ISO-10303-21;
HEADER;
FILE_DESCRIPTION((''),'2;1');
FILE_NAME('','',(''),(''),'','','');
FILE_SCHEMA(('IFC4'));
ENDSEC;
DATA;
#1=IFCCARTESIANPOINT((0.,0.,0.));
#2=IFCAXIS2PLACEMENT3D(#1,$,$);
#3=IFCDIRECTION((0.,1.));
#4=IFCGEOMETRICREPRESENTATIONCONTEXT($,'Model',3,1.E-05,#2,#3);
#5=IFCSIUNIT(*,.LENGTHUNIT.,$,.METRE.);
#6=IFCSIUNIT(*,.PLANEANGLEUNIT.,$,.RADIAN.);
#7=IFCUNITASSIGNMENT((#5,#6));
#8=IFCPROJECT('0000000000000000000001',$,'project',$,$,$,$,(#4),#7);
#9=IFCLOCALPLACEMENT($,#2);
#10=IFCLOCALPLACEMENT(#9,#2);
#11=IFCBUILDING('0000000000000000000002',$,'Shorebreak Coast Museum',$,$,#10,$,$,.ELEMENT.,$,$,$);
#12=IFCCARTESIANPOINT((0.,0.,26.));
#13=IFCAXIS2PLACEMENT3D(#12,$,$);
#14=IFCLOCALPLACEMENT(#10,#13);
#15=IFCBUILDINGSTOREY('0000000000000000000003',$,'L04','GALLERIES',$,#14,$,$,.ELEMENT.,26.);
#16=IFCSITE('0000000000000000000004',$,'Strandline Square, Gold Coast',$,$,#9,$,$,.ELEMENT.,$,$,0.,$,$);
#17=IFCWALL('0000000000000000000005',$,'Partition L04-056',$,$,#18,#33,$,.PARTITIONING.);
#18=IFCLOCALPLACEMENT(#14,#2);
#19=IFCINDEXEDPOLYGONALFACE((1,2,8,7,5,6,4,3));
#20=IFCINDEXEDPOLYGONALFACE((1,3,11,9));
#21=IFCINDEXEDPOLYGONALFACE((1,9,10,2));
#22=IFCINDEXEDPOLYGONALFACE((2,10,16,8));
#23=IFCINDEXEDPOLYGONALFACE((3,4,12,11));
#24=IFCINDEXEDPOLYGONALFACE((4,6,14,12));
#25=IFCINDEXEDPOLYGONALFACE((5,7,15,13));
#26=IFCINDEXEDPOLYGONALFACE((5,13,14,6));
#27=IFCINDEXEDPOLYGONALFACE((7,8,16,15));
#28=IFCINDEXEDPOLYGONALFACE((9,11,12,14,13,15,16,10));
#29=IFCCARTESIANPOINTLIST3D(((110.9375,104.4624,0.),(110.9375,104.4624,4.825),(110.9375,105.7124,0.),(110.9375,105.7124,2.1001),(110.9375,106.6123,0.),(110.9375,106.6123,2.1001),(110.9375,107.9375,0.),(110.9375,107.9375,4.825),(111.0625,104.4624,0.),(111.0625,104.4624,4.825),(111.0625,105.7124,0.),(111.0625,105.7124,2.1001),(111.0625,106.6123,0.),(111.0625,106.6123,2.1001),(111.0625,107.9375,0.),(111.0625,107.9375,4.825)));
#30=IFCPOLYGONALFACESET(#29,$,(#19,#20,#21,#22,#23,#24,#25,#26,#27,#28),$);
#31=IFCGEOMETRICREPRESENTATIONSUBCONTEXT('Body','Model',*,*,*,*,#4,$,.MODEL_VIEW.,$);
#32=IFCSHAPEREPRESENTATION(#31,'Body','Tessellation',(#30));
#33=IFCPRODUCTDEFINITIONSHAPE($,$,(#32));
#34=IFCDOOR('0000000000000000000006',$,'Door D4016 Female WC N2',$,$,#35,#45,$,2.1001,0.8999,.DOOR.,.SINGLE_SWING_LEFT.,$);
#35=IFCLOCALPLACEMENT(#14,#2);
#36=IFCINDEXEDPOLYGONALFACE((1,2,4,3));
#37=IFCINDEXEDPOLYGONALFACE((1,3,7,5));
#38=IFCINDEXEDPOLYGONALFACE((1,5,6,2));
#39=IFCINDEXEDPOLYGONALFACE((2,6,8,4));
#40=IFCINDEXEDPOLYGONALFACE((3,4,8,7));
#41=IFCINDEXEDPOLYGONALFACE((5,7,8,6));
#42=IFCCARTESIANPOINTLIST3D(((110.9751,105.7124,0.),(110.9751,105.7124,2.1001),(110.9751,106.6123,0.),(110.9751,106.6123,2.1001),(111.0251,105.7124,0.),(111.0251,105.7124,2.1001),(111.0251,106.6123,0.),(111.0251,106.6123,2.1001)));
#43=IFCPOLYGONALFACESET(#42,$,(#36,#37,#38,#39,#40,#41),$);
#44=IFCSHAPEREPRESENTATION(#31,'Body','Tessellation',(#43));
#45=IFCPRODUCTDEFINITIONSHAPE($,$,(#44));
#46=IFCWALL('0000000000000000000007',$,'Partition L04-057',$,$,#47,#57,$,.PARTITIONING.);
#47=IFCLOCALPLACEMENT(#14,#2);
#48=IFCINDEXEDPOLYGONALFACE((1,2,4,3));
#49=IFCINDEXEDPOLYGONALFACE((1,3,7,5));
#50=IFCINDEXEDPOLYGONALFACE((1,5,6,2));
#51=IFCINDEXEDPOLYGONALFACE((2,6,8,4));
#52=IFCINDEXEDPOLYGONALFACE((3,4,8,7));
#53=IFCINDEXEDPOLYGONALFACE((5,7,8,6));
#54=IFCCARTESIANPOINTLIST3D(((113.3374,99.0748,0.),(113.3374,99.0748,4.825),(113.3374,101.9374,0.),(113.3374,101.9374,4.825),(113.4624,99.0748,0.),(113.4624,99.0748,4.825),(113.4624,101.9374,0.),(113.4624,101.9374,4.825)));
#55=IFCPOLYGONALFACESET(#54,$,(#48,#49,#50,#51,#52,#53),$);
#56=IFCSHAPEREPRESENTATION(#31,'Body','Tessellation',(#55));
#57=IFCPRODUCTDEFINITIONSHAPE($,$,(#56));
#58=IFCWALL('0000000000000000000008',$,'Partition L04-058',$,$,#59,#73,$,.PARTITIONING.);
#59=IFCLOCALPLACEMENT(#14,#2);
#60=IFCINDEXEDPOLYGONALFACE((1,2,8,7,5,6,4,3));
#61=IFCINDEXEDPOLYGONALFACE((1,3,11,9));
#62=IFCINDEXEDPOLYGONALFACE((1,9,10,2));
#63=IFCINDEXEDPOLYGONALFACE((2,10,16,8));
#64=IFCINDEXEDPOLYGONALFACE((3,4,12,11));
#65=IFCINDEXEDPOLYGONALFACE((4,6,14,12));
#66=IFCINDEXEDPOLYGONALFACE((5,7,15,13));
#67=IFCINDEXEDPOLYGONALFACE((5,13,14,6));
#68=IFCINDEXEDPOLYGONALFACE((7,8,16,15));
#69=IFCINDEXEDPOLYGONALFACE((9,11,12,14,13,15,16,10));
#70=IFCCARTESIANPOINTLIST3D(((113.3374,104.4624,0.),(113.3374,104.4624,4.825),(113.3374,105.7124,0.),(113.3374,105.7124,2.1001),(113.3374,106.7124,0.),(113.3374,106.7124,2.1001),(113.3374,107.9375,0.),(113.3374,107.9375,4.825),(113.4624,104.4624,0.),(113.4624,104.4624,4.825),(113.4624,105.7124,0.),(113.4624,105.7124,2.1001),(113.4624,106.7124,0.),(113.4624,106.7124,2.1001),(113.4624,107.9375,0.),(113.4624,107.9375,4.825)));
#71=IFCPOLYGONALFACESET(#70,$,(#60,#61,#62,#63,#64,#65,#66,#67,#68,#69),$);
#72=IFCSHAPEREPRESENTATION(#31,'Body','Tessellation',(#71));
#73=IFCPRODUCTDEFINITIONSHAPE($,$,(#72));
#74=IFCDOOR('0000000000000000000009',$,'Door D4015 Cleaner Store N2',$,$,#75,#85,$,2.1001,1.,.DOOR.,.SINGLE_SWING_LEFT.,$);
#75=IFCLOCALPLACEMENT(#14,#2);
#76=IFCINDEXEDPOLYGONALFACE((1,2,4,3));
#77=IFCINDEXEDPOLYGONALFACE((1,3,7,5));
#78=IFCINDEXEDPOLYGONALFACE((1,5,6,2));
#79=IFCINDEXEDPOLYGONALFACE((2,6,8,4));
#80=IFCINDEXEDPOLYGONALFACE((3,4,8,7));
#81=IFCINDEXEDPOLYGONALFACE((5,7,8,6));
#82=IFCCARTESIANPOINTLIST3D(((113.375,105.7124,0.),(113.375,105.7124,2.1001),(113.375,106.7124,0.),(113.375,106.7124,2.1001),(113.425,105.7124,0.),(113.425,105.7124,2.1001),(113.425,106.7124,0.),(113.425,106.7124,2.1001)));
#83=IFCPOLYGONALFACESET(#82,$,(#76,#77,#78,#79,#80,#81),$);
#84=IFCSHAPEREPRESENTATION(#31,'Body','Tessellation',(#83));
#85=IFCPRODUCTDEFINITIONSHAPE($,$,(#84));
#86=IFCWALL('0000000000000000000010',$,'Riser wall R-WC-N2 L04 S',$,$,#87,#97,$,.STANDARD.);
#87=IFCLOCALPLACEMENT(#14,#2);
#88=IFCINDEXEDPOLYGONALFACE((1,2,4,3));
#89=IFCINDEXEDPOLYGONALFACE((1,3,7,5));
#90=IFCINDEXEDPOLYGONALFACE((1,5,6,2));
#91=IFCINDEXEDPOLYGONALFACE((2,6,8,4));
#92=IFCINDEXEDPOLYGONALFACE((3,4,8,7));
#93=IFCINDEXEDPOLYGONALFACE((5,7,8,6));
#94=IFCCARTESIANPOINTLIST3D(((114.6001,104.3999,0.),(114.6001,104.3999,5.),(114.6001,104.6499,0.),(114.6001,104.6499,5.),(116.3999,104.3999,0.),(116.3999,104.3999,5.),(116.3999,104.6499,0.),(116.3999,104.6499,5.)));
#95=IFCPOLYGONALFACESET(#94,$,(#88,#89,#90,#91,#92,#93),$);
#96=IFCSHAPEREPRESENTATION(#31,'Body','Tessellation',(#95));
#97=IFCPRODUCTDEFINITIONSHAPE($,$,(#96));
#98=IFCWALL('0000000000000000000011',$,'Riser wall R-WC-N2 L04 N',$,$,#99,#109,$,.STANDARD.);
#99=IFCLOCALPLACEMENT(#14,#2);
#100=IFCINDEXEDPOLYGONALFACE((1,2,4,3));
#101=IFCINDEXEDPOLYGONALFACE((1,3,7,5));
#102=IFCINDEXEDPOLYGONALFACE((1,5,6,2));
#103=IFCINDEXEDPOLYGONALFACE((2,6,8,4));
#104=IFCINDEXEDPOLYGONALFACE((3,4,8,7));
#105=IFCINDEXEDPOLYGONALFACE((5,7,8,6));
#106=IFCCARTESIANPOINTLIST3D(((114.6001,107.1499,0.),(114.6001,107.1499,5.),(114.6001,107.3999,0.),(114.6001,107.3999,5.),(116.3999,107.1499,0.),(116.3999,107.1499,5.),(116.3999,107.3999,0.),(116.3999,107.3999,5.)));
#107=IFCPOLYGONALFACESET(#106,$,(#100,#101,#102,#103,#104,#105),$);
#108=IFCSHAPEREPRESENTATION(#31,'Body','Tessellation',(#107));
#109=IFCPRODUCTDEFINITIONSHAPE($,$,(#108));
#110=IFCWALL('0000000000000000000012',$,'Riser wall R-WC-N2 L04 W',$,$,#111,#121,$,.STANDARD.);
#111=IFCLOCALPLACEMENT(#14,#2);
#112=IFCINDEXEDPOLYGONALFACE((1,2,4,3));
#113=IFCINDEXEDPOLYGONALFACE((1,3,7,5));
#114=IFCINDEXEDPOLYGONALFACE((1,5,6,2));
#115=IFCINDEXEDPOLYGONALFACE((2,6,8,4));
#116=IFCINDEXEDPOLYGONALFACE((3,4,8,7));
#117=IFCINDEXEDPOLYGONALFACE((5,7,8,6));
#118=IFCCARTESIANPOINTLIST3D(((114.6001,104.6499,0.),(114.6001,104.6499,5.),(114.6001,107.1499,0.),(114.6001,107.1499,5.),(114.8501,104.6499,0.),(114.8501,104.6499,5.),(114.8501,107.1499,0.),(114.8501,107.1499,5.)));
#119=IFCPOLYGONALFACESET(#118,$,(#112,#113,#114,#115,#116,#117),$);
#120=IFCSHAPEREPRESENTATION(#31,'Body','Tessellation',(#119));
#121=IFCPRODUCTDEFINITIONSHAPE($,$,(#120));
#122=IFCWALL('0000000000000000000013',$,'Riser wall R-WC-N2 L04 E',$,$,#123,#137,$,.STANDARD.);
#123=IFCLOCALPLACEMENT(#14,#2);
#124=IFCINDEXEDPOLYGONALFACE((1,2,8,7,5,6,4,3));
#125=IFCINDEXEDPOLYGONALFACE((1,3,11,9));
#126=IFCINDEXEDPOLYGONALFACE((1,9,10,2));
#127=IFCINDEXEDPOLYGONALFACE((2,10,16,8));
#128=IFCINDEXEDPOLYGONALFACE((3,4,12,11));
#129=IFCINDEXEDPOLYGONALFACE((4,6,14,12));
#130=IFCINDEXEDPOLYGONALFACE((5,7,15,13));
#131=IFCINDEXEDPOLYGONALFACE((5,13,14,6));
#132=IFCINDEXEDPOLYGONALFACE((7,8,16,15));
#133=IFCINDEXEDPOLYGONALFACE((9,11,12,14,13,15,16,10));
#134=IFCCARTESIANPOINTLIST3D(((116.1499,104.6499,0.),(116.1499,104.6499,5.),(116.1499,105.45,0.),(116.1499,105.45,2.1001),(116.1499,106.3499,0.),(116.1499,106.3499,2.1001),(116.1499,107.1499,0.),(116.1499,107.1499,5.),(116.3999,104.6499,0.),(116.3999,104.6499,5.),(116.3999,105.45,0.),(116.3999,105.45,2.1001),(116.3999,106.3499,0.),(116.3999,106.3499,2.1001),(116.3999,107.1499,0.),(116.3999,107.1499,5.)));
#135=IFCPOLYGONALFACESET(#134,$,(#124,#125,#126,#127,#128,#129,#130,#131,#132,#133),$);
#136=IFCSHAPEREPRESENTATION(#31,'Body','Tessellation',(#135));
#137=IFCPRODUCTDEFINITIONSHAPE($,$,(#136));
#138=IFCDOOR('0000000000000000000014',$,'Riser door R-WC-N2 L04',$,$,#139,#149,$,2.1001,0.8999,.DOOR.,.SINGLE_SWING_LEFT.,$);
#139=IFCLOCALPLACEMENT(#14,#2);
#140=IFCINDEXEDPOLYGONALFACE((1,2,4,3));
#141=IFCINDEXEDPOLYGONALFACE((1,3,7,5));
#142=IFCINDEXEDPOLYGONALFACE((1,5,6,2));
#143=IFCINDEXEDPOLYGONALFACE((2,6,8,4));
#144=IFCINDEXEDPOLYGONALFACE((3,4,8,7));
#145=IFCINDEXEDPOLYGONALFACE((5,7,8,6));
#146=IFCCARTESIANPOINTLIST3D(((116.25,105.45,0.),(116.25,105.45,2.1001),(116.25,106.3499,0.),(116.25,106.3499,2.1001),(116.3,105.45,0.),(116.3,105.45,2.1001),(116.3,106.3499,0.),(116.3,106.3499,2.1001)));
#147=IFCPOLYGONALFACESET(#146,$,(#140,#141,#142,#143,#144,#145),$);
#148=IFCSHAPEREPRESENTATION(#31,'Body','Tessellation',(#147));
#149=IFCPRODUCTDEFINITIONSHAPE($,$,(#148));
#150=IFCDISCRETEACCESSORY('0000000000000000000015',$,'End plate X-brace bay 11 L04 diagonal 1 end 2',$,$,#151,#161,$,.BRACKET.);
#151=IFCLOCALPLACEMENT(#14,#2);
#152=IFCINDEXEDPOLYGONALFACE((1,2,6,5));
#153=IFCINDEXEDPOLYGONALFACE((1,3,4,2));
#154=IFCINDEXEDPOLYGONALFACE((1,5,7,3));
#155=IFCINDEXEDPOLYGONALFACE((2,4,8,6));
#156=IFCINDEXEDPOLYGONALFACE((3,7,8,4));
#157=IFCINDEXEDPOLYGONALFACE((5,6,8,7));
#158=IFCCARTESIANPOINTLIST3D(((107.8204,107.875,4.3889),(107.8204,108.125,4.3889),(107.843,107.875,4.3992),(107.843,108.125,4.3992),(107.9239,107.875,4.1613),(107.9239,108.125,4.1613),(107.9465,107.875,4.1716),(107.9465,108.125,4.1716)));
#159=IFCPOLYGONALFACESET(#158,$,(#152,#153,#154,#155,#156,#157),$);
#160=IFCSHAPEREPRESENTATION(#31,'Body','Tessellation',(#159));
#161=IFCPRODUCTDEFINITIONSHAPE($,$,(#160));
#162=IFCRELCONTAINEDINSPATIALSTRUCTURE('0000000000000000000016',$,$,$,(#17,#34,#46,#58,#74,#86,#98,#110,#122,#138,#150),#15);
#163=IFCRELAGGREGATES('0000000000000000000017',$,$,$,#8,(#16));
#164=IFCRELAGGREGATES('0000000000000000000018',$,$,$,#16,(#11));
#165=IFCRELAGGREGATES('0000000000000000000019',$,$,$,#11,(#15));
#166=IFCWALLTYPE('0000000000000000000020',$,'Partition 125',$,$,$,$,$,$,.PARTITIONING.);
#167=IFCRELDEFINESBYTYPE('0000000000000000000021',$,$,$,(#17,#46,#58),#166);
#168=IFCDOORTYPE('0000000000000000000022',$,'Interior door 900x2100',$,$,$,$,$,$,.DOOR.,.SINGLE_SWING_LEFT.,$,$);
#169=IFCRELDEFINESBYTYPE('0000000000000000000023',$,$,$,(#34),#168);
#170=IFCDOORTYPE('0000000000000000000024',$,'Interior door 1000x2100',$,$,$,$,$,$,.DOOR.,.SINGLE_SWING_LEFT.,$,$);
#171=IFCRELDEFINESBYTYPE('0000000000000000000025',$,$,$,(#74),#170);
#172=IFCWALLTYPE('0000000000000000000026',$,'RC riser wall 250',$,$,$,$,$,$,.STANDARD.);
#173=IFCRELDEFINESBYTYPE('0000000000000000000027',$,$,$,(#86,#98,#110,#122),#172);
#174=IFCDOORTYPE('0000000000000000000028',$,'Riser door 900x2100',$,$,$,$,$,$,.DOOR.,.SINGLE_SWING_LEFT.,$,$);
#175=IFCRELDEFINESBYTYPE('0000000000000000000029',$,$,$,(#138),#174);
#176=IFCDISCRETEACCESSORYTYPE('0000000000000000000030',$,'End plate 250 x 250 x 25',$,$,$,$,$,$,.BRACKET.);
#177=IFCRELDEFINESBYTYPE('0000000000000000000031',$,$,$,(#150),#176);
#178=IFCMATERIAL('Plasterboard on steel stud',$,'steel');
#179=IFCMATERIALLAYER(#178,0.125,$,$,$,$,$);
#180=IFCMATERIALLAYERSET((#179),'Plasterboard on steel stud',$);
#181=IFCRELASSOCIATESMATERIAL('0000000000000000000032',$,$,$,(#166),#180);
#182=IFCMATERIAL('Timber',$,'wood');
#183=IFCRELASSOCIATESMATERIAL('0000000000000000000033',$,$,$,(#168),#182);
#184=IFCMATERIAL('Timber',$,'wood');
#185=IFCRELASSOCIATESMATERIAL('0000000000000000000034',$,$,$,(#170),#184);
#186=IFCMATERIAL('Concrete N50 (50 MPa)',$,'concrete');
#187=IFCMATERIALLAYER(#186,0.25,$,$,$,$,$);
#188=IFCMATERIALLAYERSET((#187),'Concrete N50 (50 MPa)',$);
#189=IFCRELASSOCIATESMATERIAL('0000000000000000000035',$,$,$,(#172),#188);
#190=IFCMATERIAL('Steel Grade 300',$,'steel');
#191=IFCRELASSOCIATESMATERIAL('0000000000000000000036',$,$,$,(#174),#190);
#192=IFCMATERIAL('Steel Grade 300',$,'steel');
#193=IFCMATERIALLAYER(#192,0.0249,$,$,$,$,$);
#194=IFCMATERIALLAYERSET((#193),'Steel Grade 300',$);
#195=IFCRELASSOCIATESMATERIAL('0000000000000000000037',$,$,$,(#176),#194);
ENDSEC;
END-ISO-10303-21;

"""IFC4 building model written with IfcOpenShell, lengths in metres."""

from ifc_helpers import new_model, si_unit, direction, frame, frame_2d, origin, place, context, subcontext, project, spatial, polyline, rectangle, outline, extrude, material, layer, layer_set, type_object, element, fill, save


model = new_model("IFC4")

# Units and contexts
model_context = context("Model", 3, precision=1e-05, world=origin(), true_north=direction((0.0, 1.0)))
body_context = subcontext(model_context, "Body", "Model", "MODEL_VIEW")
ifc_project = project(units=[si_unit("LENGTHUNIT", "METRE"), si_unit("PLANEANGLEUNIT", "RADIAN")], contexts=[model_context])

# Site, building, storey
site_placement = place(None, origin())
site = spatial("IfcSite", under=ifc_project, at=site_placement, Name="Strandline Square, Gold Coast", CompositionType="ELEMENT", RefElevation=0.0)
building_placement = place(site_placement, origin())
building = spatial("IfcBuilding", under=site, at=building_placement, Name="Shorebreak Coast Museum", CompositionType="ELEMENT")
storey_placement = place(building_placement, frame((0.0, 0.0, 26.0)))
storey = spatial("IfcBuildingStorey", under=building, at=storey_placement, Name="L04", Description="GALLERIES", CompositionType="ELEMENT", Elevation=26.0)

# Shared definitions
ifc_material_1 = material(Name="Plasterboard on steel stud", Category="steel")
ifc_layer_1 = layer(ifc_material_1, 0.125)
ifc_layer_set_1 = layer_set([ifc_layer_1], Name="Plasterboard on steel stud")
wall_type_1 = type_object("IfcWallType", Name="Partition 125", PredefinedType="PARTITIONING", material=ifc_layer_set_1)
ifc_material_2 = material(Name="Timber", Category="wood")
door_type_1 = type_object("IfcDoorType", Name="Interior door 900x2100", OperationType="SINGLE_SWING_LEFT", PredefinedType="DOOR", material=ifc_material_2)

# Wall, opening, door
wall_1_placement = place(storey_placement, frame((111.0, 104.4624, 0.0), z_axis=(0.0, 0.0, 1.0), x_axis=(0.0, 1.0, 0.0)))
wall_1 = element("IfcWall", 1, at=wall_1_placement, inside=storey, type_object=wall_type_1, Name="Partition L04-056", PredefinedType="PARTITIONING", context=body_context, shape_type="SweptSolid", body=[
    extrude(rectangle(XDim=3.4751, YDim=0.125, at=frame_2d((1.7375, 0.0))), origin(), (0.0, 0.0, 1.0), 4.825),
])
opening_1_placement = place(wall_1_placement, frame((1.25, 0.0, 0.0)))
opening_1 = element("IfcOpeningElement", 2, at=opening_1_placement, cuts=wall_1, PredefinedType="OPENING", context=body_context, shape_type="SweptSolid", body=[
    extrude(rectangle(XDim=0.8999, YDim=2.1001, at=frame_2d((0.45, 1.05))), frame((0.0, 0.0725, 0.0), z_axis=(0.0, -1.0, 0.0), x_axis=(1.0, 0.0, 0.0)), (0.0, 0.0, 1.0), 0.145),
])
door_1_placement = place(opening_1_placement, origin())
door_1 = element("IfcDoor", 3, at=door_1_placement, inside=storey, type_object=door_type_1, Name="Door D4016 Female WC N2", OperationType="SINGLE_SWING_LEFT", OverallHeight=2.1001, OverallWidth=0.8999, PredefinedType="DOOR", context=body_context, shape_type="SweptSolid", body=[
    extrude(rectangle(XDim=0.8999, YDim=2.1001, at=frame_2d((0.45, 1.05))), frame((0.0, 0.0249, 0.0), z_axis=(0.0, -1.0, 0.0), x_axis=(1.0, 0.0, 0.0)), (0.0, 0.0, 1.0), 0.05),
])
fill(opening_1, door_1)

# Wall
wall_2_placement = place(storey_placement, frame((113.3999, 99.075, 0.0), z_axis=(0.0, 0.0, 1.0), x_axis=(0.0, 1.0, 0.0)))
element("IfcWall", 4, at=wall_2_placement, inside=storey, type_object=wall_type_1, Name="Partition L04-057", PredefinedType="PARTITIONING", context=body_context, shape_type="SweptSolid", body=[
    extrude(rectangle(XDim=2.8625, YDim=0.125, at=frame_2d((1.4312, 0.0))), origin(), (0.0, 0.0, 1.0), 4.825),
])

# Wall, opening, door
wall_3_placement = place(storey_placement, frame((113.3999, 104.4624, 0.0), z_axis=(0.0, 0.0, 1.0), x_axis=(0.0, 1.0, 0.0)))
wall_3 = element("IfcWall", 5, at=wall_3_placement, inside=storey, type_object=wall_type_1, Name="Partition L04-058", PredefinedType="PARTITIONING", context=body_context, shape_type="SweptSolid", body=[
    extrude(rectangle(XDim=3.4751, YDim=0.125, at=frame_2d((1.7375, 0.0))), origin(), (0.0, 0.0, 1.0), 4.825),
])
opening_2_placement = place(wall_3_placement, frame((1.25, 0.0, 0.0)))
opening_2 = element("IfcOpeningElement", 6, at=opening_2_placement, cuts=wall_3, PredefinedType="OPENING", context=body_context, shape_type="SweptSolid", body=[
    extrude(rectangle(XDim=1.0, YDim=2.1001, at=frame_2d((0.5, 1.05))), frame((0.0, 0.0725, 0.0), z_axis=(0.0, -1.0, 0.0), x_axis=(1.0, 0.0, 0.0)), (0.0, 0.0, 1.0), 0.145),
])
ifc_material_3 = material(Name="Timber", Category="wood")
door_type_2 = type_object("IfcDoorType", Name="Interior door 1000x2100", OperationType="SINGLE_SWING_LEFT", PredefinedType="DOOR", material=ifc_material_3)
door_2_placement = place(opening_2_placement, origin())
door_2 = element("IfcDoor", 7, at=door_2_placement, inside=storey, type_object=door_type_2, Name="Door D4015 Cleaner Store N2", OperationType="SINGLE_SWING_LEFT", OverallHeight=2.1001, OverallWidth=1.0, PredefinedType="DOOR", context=body_context, shape_type="SweptSolid", body=[
    extrude(rectangle(XDim=1.0, YDim=2.1001, at=frame_2d((0.5, 1.05))), frame((0.0, 0.0249, 0.0), z_axis=(0.0, -1.0, 0.0), x_axis=(1.0, 0.0, 0.0)), (0.0, 0.0, 1.0), 0.05),
])
fill(opening_2, door_2)

# Walls
ifc_material_4 = material(Name="Concrete N50 (50 MPa)", Category="concrete")
ifc_layer_2 = layer(ifc_material_4, 0.25)
ifc_layer_set_2 = layer_set([ifc_layer_2], Name="Concrete N50 (50 MPa)")
wall_type_2 = type_object("IfcWallType", Name="RC riser wall 250", PredefinedType="STANDARD", material=ifc_layer_set_2)
for number, where, z_axis, x_axis, name in (
    (8, (114.6001, 104.5249, 0.0), (0.0, 0.0, 1.0), (1.0, 0.0, 0.0), "Riser wall R-WC-N2 L04 S"),
    (9, (114.6001, 107.2749, 0.0), (0.0, 0.0, 1.0), (1.0, 0.0, 0.0), "Riser wall R-WC-N2 L04 N"),
):
    element("IfcWall", number, at=place(storey_placement, frame(where, z_axis=z_axis, x_axis=x_axis)), inside=storey, type_object=wall_type_2, Name=name, PredefinedType="STANDARD", context=body_context, shape_type="SweptSolid", body=[
        extrude(rectangle(XDim=1.7998, YDim=0.25, at=frame_2d((0.8999, 0.0))), origin(), (0.0, 0.0, 1.0), 5.0),
    ])
wall_4_placement = place(storey_placement, frame((114.7251, 104.6499, 0.0), z_axis=(0.0, 0.0, 1.0), x_axis=(0.0, 1.0, 0.0)))
element("IfcWall", 10, at=wall_4_placement, inside=storey, type_object=wall_type_2, Name="Riser wall R-WC-N2 L04 W", PredefinedType="STANDARD", context=body_context, shape_type="SweptSolid", body=[
    extrude(rectangle(XDim=2.5, YDim=0.25, at=frame_2d((1.25, 0.0))), origin(), (0.0, 0.0, 1.0), 5.0),
])

# Wall, opening, door
wall_5_placement = place(storey_placement, frame((116.2749, 104.6499, 0.0), z_axis=(0.0, 0.0, 1.0), x_axis=(0.0, 1.0, 0.0)))
wall_5 = element("IfcWall", 11, at=wall_5_placement, inside=storey, type_object=wall_type_2, Name="Riser wall R-WC-N2 L04 E", PredefinedType="STANDARD", context=body_context, shape_type="SweptSolid", body=[
    extrude(rectangle(XDim=2.5, YDim=0.25, at=frame_2d((1.25, 0.0))), origin(), (0.0, 0.0, 1.0), 5.0),
])
opening_3_placement = place(wall_5_placement, frame((0.8, 0.0, 0.0)))
opening_3 = element("IfcOpeningElement", 12, at=opening_3_placement, cuts=wall_5, PredefinedType="OPENING", context=body_context, shape_type="SweptSolid", body=[
    extrude(rectangle(XDim=0.8999, YDim=2.1001, at=frame_2d((0.45, 1.05))), frame((0.0, 0.135, 0.0), z_axis=(0.0, -1.0, 0.0), x_axis=(1.0, 0.0, 0.0)), (0.0, 0.0, 1.0), 0.27),
])
ifc_material_5 = material(Name="Steel Grade 300", Category="steel")
door_type_3 = type_object("IfcDoorType", Name="Riser door 900x2100", OperationType="SINGLE_SWING_LEFT", PredefinedType="DOOR", material=ifc_material_5)
door_3_placement = place(opening_3_placement, origin())
door_3 = element("IfcDoor", 13, at=door_3_placement, inside=storey, type_object=door_type_3, Name="Riser door R-WC-N2 L04", OperationType="SINGLE_SWING_LEFT", OverallHeight=2.1001, OverallWidth=0.8999, PredefinedType="DOOR", context=body_context, shape_type="SweptSolid", body=[
    extrude(rectangle(XDim=0.8999, YDim=2.1001, at=frame_2d((0.45, 1.05))), frame((0.0, 0.0249, 0.0), z_axis=(0.0, -1.0, 0.0), x_axis=(1.0, 0.0, 0.0)), (0.0, 0.0, 1.0), 0.05),
])
fill(opening_3, door_3)

# Discrete accessory
ifc_material_6 = material(Name="Steel Grade 300", Category="steel")
ifc_layer_3 = layer(ifc_material_6, 0.0249)
ifc_layer_set_3 = layer_set([ifc_layer_3], Name="Steel Grade 300")
discrete_accessory_type = type_object("IfcDiscreteAccessoryType", Name="End plate 250 x 250 x 25", PredefinedType="BRACKET", material=ifc_layer_set_3)
discrete_accessory_placement = place(storey_placement, frame((107.9465, 107.875, 4.1716), z_axis=(0.910233, 0.0, 0.414097), x_axis=(0.0, 1.0, 0.0)))
element("IfcDiscreteAccessory", 14, at=discrete_accessory_placement, inside=storey, type_object=discrete_accessory_type, Name="End plate X-brace bay 11 L04 diagonal 1 end 2", PredefinedType="BRACKET", context=body_context, shape_type="SweptSolid", body=[
    extrude(outline(polyline([(0.0, 0.0), (0.25, 0.0), (0.25, 0.25), (0.0, 0.25), (0.0, 0.0)])), origin(), (0.0, 0.0, -1.0), 0.0249),
])

save(model, "model.ifc")
